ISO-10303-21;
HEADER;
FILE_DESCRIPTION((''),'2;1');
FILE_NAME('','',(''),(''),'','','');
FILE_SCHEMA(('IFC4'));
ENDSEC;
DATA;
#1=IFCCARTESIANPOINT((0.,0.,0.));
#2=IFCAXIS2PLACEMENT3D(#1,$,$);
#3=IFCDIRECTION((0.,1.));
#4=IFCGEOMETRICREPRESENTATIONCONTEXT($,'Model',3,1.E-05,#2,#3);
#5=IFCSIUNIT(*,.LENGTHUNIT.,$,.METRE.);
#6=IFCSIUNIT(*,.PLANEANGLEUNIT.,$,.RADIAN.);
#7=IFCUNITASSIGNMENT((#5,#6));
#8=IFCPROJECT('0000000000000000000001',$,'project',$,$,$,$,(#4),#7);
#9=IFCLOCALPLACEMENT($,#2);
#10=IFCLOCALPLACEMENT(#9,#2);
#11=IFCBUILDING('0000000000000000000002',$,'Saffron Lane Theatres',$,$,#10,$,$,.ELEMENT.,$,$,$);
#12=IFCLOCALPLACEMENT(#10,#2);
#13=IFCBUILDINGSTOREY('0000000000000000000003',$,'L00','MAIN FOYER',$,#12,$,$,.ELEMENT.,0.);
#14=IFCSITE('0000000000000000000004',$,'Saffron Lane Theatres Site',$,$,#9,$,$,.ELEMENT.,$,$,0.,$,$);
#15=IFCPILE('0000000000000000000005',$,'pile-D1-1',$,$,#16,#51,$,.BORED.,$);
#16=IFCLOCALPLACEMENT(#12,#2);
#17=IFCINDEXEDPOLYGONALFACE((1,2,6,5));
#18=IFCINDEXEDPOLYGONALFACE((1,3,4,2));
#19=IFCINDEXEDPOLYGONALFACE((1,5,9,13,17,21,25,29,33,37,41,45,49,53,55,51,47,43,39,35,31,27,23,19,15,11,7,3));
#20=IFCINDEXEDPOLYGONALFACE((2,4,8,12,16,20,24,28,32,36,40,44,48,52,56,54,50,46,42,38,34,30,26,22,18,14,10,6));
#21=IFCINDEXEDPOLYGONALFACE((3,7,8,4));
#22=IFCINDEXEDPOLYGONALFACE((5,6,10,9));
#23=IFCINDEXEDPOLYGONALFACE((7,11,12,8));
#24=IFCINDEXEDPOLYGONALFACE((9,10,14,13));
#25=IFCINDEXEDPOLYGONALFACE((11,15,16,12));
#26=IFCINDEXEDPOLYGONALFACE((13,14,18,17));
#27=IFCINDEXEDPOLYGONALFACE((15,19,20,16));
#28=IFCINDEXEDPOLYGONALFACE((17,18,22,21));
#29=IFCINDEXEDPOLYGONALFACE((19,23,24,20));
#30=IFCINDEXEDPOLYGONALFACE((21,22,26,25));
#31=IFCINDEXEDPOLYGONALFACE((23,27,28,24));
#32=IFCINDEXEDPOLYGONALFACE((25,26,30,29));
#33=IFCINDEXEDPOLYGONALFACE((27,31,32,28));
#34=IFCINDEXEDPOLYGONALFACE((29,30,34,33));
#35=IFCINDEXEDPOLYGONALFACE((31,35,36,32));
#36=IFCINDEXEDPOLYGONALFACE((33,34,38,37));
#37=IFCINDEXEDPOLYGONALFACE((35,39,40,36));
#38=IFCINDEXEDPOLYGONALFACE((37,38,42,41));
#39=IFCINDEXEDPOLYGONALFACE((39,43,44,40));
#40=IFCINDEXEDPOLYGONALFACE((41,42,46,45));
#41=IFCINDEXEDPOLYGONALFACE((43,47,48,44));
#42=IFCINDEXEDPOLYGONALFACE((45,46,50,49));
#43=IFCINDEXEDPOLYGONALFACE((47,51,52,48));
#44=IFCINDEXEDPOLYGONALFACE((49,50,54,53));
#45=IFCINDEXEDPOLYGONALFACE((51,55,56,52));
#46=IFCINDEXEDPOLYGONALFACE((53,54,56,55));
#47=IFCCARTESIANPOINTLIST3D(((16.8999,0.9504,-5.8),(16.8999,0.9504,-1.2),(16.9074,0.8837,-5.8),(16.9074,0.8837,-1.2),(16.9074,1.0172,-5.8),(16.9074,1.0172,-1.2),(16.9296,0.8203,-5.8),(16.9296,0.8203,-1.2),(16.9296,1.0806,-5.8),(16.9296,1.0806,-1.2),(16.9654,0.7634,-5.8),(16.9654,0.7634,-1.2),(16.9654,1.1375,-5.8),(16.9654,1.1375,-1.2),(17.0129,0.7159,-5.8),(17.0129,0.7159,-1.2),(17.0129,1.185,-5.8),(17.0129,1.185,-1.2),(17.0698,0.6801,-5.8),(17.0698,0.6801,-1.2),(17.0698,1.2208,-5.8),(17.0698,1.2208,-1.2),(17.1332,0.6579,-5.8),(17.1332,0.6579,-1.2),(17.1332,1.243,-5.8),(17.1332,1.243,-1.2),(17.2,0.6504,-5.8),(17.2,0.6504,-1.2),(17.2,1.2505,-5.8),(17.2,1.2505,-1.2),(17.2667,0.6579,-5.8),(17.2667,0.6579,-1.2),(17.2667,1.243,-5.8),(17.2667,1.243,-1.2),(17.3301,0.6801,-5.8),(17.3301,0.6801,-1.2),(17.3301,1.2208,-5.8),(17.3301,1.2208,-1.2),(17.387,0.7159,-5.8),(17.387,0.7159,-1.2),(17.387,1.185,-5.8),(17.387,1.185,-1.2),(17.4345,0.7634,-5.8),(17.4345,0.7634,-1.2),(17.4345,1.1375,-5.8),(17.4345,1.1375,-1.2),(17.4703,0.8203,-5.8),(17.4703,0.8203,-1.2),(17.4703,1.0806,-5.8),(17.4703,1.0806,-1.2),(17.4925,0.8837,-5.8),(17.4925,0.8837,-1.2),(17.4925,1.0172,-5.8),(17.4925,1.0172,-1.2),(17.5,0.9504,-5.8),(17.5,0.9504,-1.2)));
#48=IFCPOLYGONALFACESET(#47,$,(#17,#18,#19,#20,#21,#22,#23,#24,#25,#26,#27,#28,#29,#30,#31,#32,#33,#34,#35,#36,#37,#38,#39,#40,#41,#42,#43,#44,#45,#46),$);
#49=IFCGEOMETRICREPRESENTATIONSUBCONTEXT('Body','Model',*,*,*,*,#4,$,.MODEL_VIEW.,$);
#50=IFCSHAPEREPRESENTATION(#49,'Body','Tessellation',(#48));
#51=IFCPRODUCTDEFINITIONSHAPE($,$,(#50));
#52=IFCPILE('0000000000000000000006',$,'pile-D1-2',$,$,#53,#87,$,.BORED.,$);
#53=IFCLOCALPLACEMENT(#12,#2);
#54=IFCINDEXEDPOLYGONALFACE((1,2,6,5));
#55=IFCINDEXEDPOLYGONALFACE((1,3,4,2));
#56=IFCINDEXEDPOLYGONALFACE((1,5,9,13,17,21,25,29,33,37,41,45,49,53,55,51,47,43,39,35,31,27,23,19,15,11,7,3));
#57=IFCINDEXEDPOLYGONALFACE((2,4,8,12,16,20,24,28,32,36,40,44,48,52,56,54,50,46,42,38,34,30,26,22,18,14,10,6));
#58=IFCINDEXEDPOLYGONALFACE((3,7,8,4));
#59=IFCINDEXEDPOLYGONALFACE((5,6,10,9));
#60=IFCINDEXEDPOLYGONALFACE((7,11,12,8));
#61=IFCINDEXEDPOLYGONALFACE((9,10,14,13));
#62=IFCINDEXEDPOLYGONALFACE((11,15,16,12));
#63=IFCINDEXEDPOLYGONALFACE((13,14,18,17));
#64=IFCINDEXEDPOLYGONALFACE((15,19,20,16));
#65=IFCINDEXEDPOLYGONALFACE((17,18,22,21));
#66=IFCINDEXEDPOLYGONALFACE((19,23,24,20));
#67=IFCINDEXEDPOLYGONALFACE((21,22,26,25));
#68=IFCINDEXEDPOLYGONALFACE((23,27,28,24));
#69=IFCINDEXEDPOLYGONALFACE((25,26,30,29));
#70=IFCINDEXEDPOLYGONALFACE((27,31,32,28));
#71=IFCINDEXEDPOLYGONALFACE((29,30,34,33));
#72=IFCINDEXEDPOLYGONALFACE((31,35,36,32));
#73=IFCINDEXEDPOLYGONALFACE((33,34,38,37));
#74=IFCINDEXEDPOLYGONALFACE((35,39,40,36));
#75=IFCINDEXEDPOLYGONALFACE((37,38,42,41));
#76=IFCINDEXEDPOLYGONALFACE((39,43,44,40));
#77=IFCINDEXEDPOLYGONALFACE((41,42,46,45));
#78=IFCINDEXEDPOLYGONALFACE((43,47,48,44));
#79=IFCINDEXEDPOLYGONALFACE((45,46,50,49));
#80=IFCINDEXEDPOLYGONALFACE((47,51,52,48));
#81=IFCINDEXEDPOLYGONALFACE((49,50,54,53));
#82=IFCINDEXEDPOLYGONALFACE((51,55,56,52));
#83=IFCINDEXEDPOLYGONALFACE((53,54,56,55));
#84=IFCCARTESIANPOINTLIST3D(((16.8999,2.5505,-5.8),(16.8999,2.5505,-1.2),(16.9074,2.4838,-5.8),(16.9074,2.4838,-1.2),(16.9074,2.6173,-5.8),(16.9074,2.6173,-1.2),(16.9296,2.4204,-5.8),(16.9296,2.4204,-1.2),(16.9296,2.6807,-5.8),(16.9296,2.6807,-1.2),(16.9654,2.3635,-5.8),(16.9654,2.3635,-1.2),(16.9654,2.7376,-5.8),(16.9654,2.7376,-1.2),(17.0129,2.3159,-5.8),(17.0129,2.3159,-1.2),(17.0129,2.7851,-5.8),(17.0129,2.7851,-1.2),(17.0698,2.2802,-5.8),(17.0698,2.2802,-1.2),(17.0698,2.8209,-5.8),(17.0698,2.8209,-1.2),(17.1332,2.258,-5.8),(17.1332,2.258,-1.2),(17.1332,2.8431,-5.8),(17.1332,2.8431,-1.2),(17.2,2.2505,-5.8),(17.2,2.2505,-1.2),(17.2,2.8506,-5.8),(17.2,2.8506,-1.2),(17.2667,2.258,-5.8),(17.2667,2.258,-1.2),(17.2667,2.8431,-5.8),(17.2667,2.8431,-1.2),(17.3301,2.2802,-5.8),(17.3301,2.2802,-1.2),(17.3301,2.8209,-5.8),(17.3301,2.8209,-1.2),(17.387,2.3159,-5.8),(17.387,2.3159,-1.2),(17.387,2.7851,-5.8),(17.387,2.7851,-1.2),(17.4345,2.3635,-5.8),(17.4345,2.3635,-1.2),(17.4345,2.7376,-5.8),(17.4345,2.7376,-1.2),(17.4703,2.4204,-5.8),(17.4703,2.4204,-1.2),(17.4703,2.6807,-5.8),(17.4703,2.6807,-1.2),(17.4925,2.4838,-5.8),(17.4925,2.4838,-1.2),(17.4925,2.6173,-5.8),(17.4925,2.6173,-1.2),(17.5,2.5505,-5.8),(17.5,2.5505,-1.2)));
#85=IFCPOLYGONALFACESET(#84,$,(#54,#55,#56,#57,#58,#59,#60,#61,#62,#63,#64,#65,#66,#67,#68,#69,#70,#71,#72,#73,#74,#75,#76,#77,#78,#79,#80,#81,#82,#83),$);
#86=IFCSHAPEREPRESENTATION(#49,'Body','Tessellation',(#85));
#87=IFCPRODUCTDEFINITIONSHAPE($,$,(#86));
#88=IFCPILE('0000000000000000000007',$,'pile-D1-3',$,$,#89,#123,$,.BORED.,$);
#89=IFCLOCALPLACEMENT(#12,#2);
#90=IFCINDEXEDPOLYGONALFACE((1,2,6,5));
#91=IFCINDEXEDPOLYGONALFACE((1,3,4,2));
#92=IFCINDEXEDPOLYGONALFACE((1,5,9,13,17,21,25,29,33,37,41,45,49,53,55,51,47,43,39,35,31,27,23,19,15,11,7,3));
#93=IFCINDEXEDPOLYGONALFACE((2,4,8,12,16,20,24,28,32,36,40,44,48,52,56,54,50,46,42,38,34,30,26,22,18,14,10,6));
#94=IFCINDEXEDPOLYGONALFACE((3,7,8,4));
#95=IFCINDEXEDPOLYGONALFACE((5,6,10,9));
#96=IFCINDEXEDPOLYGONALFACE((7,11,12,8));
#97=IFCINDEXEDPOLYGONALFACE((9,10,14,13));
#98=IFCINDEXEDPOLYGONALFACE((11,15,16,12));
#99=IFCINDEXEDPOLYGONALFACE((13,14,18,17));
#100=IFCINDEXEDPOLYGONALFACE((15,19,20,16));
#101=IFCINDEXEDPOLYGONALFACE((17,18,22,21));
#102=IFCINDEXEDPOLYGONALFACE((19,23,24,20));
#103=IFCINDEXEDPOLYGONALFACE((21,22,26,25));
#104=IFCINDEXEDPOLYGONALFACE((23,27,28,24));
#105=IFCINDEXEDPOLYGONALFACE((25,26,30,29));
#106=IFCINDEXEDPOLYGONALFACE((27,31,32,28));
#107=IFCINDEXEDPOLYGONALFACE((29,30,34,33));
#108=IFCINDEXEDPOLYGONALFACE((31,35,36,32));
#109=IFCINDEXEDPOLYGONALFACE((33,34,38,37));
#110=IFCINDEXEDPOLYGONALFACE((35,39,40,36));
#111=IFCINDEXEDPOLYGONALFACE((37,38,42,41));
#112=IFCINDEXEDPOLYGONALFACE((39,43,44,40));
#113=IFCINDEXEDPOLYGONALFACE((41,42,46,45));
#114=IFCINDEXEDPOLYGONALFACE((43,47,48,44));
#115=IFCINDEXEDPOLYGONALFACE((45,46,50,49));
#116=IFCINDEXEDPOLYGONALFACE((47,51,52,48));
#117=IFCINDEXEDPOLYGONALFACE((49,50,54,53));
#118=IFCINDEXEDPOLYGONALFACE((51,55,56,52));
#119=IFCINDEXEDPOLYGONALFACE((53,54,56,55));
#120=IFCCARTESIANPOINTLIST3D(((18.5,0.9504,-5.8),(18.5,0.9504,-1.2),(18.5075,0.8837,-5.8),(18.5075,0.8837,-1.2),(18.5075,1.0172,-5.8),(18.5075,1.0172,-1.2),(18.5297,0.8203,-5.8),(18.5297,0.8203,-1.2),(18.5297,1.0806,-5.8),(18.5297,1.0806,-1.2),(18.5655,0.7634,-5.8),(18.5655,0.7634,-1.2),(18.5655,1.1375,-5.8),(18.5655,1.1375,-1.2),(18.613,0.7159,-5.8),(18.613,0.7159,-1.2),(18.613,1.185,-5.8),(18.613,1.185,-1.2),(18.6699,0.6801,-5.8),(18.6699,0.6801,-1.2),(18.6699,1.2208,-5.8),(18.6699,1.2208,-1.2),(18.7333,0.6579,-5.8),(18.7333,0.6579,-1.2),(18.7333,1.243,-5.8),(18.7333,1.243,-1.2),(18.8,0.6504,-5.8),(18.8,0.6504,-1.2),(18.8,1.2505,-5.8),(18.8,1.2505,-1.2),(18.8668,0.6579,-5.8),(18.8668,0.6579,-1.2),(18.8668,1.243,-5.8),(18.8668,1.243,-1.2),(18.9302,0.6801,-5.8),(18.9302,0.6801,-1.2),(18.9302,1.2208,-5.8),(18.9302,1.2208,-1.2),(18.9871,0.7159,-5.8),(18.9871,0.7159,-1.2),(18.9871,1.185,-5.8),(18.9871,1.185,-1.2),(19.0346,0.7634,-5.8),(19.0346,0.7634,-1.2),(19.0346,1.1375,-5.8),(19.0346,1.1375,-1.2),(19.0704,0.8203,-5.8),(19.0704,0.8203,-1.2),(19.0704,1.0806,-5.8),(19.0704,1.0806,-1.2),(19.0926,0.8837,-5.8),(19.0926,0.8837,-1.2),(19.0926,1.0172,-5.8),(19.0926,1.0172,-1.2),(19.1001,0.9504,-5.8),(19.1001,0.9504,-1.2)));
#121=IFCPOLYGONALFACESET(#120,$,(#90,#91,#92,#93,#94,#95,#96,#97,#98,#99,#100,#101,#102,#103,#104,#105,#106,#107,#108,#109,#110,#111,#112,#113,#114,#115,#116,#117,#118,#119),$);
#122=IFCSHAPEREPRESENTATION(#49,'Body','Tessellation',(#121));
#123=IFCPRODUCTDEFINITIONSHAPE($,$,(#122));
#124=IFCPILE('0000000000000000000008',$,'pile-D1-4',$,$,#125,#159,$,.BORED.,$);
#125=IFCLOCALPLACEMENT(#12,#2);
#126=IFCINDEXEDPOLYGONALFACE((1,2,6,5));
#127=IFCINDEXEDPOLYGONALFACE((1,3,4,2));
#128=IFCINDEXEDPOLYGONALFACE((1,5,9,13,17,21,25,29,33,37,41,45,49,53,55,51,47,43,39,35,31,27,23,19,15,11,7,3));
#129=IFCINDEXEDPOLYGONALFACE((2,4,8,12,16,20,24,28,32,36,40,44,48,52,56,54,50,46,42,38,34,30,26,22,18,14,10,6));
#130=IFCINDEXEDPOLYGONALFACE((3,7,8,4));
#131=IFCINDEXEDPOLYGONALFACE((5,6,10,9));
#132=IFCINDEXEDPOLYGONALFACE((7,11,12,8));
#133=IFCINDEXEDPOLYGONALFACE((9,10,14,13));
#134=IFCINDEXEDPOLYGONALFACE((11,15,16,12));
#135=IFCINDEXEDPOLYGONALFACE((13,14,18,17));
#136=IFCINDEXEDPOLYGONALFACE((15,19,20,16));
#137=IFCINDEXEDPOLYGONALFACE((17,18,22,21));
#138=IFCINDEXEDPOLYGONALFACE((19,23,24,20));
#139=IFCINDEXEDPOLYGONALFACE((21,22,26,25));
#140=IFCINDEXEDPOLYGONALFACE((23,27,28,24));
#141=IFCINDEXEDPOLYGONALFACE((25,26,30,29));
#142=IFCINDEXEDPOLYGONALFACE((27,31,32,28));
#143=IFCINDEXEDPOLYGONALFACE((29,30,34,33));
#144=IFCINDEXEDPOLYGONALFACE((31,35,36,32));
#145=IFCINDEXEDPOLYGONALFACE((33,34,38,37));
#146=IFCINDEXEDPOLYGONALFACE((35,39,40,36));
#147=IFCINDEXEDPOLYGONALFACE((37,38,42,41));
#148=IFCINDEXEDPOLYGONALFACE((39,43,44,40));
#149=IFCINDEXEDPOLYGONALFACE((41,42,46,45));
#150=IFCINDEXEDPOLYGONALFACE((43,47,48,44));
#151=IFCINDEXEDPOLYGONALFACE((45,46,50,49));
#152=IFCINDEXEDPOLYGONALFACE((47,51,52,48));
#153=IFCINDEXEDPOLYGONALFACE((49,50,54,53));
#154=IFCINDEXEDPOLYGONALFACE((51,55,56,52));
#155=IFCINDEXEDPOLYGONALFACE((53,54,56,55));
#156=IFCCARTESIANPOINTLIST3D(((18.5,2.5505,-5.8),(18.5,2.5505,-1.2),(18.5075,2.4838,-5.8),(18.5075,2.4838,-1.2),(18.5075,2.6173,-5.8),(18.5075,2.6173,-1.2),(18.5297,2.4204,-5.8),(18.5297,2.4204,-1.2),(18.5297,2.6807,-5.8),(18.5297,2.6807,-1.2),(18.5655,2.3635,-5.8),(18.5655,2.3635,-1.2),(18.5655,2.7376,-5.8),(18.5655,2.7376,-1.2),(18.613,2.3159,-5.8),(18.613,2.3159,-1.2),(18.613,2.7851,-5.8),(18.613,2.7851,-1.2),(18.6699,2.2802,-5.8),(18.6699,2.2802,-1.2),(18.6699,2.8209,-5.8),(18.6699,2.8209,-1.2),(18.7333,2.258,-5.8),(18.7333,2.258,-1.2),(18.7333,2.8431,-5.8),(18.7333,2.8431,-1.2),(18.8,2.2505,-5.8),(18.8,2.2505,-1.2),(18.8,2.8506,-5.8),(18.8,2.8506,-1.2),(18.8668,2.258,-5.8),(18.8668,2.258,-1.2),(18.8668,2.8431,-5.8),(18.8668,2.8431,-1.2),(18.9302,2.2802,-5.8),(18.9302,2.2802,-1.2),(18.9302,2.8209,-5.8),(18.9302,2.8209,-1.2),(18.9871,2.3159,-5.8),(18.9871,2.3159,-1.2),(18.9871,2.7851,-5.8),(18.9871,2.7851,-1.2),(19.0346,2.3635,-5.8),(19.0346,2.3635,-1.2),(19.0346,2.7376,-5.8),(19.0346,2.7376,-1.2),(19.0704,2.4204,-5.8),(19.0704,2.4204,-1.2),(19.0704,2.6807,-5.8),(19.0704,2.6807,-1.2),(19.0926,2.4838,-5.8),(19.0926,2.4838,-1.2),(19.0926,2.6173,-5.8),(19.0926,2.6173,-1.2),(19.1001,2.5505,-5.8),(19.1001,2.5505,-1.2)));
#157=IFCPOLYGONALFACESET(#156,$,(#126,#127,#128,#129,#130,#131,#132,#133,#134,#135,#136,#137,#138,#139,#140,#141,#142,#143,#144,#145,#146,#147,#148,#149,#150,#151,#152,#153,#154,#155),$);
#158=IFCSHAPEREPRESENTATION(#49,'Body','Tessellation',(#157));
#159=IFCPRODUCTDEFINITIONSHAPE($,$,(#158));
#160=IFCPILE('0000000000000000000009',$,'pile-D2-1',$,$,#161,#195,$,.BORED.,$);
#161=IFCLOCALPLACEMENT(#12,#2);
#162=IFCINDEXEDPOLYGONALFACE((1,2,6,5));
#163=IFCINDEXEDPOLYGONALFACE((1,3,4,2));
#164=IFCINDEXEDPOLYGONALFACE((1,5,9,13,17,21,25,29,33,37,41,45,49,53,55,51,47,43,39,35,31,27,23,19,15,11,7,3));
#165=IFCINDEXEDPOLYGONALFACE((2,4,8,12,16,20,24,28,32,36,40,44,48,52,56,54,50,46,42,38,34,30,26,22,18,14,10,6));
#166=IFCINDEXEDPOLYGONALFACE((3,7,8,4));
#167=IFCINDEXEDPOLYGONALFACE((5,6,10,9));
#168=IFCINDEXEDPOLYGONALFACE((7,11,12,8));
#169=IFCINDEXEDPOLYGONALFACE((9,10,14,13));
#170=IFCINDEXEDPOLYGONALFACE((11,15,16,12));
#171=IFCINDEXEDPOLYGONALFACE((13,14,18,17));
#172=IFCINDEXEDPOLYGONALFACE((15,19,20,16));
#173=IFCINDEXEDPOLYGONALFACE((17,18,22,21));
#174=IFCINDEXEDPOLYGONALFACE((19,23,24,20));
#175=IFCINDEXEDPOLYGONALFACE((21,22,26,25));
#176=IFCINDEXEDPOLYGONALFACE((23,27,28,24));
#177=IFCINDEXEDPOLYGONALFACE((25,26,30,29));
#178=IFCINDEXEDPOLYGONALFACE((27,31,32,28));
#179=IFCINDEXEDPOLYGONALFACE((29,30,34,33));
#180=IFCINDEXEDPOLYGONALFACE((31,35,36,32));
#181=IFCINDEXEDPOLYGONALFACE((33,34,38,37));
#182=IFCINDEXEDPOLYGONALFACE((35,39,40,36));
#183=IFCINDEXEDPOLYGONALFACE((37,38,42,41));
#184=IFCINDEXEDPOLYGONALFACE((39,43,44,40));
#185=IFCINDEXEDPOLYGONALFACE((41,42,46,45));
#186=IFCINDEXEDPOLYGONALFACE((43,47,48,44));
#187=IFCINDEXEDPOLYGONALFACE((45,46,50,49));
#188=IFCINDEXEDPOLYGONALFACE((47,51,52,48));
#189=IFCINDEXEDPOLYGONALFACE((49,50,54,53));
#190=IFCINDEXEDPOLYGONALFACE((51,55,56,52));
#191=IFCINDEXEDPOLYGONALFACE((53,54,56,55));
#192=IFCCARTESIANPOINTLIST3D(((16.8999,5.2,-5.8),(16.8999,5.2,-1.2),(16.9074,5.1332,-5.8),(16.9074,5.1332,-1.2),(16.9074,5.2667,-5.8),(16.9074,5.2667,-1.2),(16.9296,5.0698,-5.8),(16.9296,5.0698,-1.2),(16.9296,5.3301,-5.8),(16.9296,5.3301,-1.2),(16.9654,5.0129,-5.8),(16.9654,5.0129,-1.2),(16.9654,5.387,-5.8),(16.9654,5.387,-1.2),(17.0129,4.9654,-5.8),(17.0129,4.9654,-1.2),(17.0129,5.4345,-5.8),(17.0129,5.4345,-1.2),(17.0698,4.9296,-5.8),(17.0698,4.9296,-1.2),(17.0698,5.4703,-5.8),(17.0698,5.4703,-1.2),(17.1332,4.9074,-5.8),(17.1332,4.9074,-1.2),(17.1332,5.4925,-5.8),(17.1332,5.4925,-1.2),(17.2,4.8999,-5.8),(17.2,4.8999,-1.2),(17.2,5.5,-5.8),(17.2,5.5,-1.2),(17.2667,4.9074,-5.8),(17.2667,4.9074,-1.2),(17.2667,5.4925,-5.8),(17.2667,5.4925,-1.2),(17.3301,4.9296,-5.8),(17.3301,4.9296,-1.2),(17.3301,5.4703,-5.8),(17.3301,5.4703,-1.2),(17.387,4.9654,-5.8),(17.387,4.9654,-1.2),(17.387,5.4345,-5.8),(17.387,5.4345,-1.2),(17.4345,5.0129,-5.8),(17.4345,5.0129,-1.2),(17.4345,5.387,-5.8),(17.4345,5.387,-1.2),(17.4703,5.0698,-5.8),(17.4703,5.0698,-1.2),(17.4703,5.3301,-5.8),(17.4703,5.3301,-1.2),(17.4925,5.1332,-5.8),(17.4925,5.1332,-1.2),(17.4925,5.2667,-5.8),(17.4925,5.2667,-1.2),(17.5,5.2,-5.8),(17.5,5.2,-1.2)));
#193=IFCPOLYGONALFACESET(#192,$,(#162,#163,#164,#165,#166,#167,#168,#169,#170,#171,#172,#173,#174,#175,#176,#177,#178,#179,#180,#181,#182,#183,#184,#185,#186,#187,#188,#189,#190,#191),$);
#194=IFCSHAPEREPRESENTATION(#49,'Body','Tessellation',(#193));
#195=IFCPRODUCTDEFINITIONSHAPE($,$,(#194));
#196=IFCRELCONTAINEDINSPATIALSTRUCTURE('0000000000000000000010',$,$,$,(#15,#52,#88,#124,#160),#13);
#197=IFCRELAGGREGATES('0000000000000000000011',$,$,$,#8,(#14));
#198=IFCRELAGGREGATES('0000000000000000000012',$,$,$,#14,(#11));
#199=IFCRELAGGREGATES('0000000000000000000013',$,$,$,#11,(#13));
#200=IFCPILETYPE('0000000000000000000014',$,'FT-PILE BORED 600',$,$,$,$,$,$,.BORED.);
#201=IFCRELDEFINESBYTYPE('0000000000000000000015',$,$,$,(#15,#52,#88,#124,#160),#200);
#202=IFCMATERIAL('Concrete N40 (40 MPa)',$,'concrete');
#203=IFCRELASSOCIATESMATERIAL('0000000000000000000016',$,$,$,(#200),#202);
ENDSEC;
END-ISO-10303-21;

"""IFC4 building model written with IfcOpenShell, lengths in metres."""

from ifc_helpers import new_model, si_unit, direction, frame, origin, origin_2d, place, context, subcontext, project, spatial, circle, extrude, material, material_profile, profile_set, type_object, element, save


model = new_model("IFC4")

# Units and contexts
model_context = context("Model", 3, precision=1e-05, world=origin(), true_north=direction((0.0, 1.0)))
body_context = subcontext(model_context, "Body", "Model", "MODEL_VIEW")
ifc_project = project(units=[si_unit("LENGTHUNIT", "METRE"), si_unit("PLANEANGLEUNIT", "RADIAN")], contexts=[model_context])

# Site, building, storey
site_placement = place(None, origin())
site = spatial("IfcSite", under=ifc_project, at=site_placement, Name="Saffron Lane Theatres Site", CompositionType="ELEMENT", RefElevation=0.0)
building_placement = place(site_placement, origin())
building = spatial("IfcBuilding", under=site, at=building_placement, Name="Saffron Lane Theatres", CompositionType="ELEMENT")
storey_placement = place(building_placement, origin())
storey = spatial("IfcBuildingStorey", under=building, at=storey_placement, Name="L00", Description="MAIN FOYER", CompositionType="ELEMENT", Elevation=0.0)

# Piles
ifc_material_1 = material(Name="Concrete N40 (40 MPa)", Category="concrete")
ifc_material_profile_1 = material_profile(ifc_material_1, circle(Radius=0.3, at=origin_2d()))
ifc_profile_set_1 = profile_set([ifc_material_profile_1], Name="Concrete N40 (40 MPa)")
pile_type = type_object("IfcPileType", Name="FT-PILE BORED 600", PredefinedType="BORED", material=ifc_profile_set_1)
for number, where, z_axis, x_axis, name in (
    (1, (17.2, 0.9504, -1.2), (0.0, 0.0, -1.0), (1.0, 0.0, 0.0), "pile-D1-1"),
    (2, (17.2, 2.5505, -1.2), (0.0, 0.0, -1.0), (1.0, 0.0, 0.0), "pile-D1-2"),
    (3, (18.8, 0.9504, -1.2), (0.0, 0.0, -1.0), (1.0, 0.0, 0.0), "pile-D1-3"),
    (4, (18.8, 2.5505, -1.2), (0.0, 0.0, -1.0), (1.0, 0.0, 0.0), "pile-D1-4"),
    (5, (17.2, 5.2, -1.2), (0.0, 0.0, -1.0), (1.0, 0.0, 0.0), "pile-D2-1"),
):
    element("IfcPile", number, at=place(storey_placement, frame(where, z_axis=z_axis, x_axis=x_axis)), inside=storey, type_object=pile_type, Name=name, PredefinedType="BORED", context=body_context, shape_type="SweptSolid", body=[
        extrude(circle(Radius=0.3, at=origin_2d()), origin(), (0.0, 0.0, 1.0), 4.6001),
    ])

save(model, "model.ifc")
